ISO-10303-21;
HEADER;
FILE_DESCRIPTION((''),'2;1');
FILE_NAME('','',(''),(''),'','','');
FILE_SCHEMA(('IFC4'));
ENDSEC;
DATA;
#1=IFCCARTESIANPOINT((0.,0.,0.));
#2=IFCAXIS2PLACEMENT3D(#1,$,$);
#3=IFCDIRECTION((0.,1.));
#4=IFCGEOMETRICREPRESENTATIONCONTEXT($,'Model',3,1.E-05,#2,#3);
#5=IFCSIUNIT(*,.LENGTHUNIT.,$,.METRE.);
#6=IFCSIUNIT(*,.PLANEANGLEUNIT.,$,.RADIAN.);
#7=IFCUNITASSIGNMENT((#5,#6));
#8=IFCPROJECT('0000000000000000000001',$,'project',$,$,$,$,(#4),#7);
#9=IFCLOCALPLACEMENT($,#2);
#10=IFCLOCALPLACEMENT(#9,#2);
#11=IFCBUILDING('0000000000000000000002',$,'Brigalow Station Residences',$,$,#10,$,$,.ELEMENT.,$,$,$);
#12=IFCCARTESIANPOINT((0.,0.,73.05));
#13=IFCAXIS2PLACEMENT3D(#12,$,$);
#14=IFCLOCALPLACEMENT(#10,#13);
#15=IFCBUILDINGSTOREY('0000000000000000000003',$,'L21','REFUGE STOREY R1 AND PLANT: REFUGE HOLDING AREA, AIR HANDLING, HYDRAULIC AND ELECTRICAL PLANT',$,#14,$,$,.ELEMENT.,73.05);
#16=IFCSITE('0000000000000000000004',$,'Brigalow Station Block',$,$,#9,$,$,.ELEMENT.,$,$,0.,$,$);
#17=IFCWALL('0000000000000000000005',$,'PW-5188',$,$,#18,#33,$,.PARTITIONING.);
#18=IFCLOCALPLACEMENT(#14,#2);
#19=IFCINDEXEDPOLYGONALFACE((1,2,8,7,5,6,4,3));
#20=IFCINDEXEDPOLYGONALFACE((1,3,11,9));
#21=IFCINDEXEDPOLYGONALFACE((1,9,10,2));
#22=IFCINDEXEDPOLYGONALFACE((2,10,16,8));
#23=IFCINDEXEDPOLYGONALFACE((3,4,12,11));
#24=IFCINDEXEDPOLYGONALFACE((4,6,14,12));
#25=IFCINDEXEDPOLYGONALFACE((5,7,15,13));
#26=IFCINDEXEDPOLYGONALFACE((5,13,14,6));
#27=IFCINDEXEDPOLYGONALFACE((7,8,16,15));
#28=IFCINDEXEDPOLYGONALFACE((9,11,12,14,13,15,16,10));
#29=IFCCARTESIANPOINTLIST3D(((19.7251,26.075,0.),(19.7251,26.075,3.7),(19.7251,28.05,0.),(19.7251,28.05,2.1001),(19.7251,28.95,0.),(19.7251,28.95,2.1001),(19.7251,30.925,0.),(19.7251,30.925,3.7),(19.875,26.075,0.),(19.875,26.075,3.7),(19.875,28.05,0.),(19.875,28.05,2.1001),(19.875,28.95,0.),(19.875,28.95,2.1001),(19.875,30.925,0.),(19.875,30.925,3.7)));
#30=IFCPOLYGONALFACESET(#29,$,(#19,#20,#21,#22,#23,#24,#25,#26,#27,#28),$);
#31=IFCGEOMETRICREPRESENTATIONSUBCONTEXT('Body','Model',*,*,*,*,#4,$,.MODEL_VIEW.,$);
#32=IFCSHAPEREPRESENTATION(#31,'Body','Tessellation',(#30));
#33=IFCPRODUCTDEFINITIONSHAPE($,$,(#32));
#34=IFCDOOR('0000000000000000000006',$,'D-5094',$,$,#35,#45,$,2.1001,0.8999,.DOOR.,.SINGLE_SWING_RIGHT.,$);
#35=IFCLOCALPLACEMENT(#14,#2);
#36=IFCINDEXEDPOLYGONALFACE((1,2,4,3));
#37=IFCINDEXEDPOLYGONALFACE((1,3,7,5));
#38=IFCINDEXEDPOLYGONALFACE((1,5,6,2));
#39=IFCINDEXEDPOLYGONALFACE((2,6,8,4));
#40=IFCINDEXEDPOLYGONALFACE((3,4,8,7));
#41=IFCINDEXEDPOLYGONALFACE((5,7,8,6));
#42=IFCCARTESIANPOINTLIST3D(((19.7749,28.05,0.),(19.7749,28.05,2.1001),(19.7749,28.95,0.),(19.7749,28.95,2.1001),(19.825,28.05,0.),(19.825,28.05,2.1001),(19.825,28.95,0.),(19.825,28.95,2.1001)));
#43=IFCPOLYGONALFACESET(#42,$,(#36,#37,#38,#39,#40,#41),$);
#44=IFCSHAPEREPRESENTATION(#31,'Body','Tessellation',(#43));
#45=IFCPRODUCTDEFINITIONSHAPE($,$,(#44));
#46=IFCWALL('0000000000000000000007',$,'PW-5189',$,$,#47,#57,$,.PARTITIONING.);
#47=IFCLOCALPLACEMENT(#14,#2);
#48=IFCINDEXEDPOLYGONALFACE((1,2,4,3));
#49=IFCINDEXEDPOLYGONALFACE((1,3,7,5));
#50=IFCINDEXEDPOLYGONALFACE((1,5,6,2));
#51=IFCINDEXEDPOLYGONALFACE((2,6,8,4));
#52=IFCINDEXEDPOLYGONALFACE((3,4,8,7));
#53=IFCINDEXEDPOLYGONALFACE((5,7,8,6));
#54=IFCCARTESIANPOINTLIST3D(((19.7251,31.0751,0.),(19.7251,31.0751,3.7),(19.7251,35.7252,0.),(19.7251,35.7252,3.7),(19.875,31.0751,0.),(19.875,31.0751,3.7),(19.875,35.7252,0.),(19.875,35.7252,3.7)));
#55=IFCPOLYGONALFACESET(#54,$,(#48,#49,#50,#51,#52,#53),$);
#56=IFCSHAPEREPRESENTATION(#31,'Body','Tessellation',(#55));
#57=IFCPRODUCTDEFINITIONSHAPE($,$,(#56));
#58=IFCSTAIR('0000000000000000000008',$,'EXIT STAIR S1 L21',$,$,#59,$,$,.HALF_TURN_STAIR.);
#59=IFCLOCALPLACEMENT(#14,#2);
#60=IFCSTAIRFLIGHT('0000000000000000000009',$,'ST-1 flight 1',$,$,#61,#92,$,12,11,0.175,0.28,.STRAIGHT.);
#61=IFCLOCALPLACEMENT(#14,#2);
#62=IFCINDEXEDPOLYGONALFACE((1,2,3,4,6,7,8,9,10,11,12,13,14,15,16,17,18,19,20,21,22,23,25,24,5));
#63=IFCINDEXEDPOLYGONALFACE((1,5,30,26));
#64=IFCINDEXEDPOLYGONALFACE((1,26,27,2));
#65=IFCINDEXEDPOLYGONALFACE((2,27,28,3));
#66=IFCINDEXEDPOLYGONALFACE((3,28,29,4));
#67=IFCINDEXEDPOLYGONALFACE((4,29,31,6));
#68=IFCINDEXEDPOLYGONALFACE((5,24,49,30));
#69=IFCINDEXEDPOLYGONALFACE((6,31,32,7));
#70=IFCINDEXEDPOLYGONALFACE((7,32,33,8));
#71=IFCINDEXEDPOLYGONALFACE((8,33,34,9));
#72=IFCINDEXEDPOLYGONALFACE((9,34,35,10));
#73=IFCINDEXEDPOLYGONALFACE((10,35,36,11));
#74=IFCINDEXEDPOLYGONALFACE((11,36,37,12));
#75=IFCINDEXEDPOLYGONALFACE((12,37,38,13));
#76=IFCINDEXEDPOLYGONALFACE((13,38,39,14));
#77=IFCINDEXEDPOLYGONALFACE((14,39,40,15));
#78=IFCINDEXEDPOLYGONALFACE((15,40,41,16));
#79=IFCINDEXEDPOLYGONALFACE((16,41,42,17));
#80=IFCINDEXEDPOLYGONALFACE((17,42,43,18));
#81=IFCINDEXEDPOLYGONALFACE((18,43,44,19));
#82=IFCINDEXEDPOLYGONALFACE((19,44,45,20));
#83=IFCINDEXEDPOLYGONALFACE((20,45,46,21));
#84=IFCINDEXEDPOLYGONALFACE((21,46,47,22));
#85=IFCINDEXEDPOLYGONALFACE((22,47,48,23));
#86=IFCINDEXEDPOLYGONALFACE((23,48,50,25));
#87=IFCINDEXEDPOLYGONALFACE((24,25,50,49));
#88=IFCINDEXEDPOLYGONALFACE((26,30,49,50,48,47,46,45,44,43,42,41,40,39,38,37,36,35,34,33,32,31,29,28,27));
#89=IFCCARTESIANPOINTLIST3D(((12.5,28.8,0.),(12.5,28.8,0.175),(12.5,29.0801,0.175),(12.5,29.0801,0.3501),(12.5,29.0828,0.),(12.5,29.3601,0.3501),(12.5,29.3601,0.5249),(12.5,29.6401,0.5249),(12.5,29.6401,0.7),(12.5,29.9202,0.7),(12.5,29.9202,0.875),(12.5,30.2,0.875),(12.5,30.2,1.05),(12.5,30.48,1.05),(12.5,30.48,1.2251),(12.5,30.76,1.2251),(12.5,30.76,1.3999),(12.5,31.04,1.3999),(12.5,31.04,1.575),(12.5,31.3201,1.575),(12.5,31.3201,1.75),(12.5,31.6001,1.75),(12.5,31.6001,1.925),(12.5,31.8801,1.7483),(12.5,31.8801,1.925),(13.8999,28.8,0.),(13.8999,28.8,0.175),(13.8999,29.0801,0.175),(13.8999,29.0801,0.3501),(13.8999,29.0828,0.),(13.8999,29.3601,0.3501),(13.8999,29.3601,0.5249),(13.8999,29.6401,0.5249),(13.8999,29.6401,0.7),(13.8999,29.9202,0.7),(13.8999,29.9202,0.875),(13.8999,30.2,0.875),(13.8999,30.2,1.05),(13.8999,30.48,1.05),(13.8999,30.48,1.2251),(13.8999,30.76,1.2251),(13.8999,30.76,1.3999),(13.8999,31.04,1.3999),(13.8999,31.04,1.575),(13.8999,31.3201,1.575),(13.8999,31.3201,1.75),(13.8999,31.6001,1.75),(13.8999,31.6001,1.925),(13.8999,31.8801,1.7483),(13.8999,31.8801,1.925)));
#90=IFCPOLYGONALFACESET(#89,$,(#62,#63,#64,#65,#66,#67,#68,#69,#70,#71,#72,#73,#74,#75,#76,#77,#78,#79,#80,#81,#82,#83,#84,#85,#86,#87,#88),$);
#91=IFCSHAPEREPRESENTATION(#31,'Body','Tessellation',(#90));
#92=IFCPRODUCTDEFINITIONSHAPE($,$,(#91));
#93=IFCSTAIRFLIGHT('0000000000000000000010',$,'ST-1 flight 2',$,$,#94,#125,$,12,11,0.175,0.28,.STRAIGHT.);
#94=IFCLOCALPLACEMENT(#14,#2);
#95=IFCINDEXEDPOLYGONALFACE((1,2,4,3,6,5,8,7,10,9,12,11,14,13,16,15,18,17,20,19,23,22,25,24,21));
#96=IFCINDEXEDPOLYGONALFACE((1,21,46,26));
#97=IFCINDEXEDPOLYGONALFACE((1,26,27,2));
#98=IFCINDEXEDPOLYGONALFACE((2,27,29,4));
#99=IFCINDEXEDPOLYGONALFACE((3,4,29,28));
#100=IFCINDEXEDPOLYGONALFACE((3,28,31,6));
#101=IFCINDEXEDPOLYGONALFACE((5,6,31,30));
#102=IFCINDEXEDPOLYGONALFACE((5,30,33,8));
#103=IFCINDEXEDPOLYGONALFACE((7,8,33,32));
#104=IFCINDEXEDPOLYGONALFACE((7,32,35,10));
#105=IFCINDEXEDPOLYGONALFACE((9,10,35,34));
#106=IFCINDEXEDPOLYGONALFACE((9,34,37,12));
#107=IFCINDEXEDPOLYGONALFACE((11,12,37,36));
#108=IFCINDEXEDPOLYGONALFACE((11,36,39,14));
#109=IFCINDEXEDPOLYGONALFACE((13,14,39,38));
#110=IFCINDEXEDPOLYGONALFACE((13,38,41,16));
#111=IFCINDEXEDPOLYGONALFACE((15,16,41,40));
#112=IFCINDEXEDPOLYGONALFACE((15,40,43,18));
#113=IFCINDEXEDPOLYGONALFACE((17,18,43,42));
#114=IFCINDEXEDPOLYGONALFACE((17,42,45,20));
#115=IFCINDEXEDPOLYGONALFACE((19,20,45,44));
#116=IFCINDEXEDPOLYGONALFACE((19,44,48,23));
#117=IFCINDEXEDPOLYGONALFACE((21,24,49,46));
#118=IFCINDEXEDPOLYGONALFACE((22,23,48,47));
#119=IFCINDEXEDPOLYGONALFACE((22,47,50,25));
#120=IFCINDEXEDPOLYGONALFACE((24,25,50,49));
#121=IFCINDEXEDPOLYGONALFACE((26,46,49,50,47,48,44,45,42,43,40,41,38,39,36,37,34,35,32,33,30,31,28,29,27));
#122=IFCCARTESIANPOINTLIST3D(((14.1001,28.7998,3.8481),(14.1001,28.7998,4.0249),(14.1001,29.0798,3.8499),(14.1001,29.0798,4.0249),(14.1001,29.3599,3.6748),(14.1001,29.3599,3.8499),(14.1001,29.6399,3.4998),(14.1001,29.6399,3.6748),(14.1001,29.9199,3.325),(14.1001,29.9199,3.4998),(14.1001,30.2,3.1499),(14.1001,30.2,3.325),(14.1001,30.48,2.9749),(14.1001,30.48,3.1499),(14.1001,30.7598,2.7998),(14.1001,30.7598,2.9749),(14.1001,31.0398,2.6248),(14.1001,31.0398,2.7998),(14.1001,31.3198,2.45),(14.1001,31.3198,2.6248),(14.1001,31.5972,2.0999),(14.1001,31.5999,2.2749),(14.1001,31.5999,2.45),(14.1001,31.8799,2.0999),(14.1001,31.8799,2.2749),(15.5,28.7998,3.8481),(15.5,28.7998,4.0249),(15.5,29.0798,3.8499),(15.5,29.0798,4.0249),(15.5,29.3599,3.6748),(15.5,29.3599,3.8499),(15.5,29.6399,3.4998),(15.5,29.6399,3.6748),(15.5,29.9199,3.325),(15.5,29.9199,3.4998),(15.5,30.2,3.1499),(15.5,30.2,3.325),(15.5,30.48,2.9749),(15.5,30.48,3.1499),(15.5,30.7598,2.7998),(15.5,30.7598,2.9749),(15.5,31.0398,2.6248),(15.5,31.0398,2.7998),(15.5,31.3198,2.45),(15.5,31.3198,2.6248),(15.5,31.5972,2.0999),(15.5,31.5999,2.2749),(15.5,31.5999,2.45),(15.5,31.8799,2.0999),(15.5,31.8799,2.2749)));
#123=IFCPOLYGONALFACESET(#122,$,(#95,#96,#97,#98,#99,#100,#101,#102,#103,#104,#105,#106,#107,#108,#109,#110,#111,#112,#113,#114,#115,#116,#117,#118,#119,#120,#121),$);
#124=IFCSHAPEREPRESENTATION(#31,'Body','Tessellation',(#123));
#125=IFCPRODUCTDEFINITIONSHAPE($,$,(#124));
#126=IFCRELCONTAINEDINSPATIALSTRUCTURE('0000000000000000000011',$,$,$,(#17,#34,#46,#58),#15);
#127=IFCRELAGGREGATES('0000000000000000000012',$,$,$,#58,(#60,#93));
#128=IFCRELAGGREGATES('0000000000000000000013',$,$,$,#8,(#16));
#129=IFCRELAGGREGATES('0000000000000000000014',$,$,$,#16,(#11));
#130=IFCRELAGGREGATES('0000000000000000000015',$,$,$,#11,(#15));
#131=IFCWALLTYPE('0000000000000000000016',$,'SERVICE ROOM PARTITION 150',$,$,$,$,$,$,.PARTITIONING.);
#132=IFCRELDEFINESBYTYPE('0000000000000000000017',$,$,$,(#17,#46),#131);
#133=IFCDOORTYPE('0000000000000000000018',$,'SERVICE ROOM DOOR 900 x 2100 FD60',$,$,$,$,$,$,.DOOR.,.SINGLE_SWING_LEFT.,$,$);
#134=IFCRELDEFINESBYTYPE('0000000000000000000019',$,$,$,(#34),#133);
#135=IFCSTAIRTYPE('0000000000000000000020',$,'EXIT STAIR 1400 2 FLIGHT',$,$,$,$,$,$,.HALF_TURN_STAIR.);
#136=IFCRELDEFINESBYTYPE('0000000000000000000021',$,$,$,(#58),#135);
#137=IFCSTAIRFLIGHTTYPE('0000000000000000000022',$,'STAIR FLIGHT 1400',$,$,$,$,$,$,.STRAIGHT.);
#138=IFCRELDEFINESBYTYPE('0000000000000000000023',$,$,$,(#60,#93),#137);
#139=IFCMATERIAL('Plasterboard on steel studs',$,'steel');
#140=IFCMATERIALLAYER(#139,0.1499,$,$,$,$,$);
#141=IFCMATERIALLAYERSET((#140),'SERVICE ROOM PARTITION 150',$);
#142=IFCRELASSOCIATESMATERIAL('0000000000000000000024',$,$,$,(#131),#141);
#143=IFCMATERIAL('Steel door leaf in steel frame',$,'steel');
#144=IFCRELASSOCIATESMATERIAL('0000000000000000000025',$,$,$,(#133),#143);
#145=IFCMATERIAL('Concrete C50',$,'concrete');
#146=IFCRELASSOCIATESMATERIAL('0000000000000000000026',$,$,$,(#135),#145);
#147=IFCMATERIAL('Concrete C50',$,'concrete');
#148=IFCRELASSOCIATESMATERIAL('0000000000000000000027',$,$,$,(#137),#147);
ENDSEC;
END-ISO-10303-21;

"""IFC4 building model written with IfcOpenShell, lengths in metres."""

from ifc_helpers import new_model, si_unit, direction, frame, frame_2d, origin, place, context, subcontext, project, spatial, polyline, rectangle, outline, extrude, material, layer, layer_set, type_object, element, fill, aggregate, save


model = new_model("IFC4")

# Units and contexts
model_context = context("Model", 3, precision=1e-05, world=origin(), true_north=direction((0.0, 1.0)))
body_context = subcontext(model_context, "Body", "Model", "MODEL_VIEW")
ifc_project = project(units=[si_unit("LENGTHUNIT", "METRE"), si_unit("PLANEANGLEUNIT", "RADIAN")], contexts=[model_context])

# Site, building, storey
site_placement = place(None, origin())
site = spatial("IfcSite", under=ifc_project, at=site_placement, Name="Brigalow Station Block", CompositionType="ELEMENT", RefElevation=0.0)
building_placement = place(site_placement, origin())
building = spatial("IfcBuilding", under=site, at=building_placement, Name="Brigalow Station Residences", CompositionType="ELEMENT")
storey_placement = place(building_placement, frame((0.0, 0.0, 73.05)))
storey = spatial("IfcBuildingStorey", under=building, at=storey_placement, Name="L21", Description="REFUGE STOREY R1 AND PLANT: REFUGE HOLDING AREA, AIR HANDLING, HYDRAULIC AND ELECTRICAL PLANT", CompositionType="ELEMENT", Elevation=73.05)

# Shared definitions
ifc_material_1 = material(Name="Plasterboard on steel studs", Category="steel")
ifc_layer_1 = layer(ifc_material_1, 0.1499)
ifc_layer_set_1 = layer_set([ifc_layer_1], Name="SERVICE ROOM PARTITION 150")
wall_type_1 = type_object("IfcWallType", Name="SERVICE ROOM PARTITION 150", PredefinedType="PARTITIONING", material=ifc_layer_set_1)

# Wall, opening, door
ifc_material_2 = material(Name="Steel door leaf in steel frame", Category="steel")
door_type = type_object("IfcDoorType", Name="SERVICE ROOM DOOR 900 x 2100 FD60", OperationType="SINGLE_SWING_LEFT", PredefinedType="DOOR", material=ifc_material_2)
wall_1_placement = place(storey_placement, frame((19.8, 26.075, 0.0), z_axis=(0.0, 0.0, 1.0), x_axis=(0.0, 1.0, 0.0)))
wall_1 = element("IfcWall", 1, at=wall_1_placement, inside=storey, type_object=wall_type_1, Name="PW-5188", PredefinedType="PARTITIONING", context=body_context, shape_type="SweptSolid", body=[
    extrude(rectangle(XDim=4.8501, YDim=0.1499, at=frame_2d((2.425, 0.0))), origin(), (0.0, 0.0, 1.0), 3.7),
])
opening_1_placement = place(wall_1_placement, frame((1.9751, 0.0, 0.0)))
opening_1 = element("IfcOpeningElement", 2, at=opening_1_placement, cuts=wall_1, PredefinedType="OPENING", context=body_context, shape_type="SweptSolid", body=[
    extrude(rectangle(XDim=0.8999, YDim=2.1001, at=frame_2d((0.45, 1.05))), frame((0.0, 0.085, 0.0), z_axis=(0.0, -1.0, 0.0), x_axis=(1.0, 0.0, 0.0)), (0.0, 0.0, 1.0), 0.1699),
])
door_1_placement = place(opening_1_placement, frame((0.8999, 0.0, 0.0), z_axis=(0.0, 0.0, 1.0), x_axis=(-1.0, 0.0, 0.0)))
door_1 = element("IfcDoor", 3, at=door_1_placement, inside=storey, type_object=door_type, Name="D-5094", OperationType="SINGLE_SWING_RIGHT", OverallHeight=2.1001, OverallWidth=0.8999, PredefinedType="DOOR", context=body_context, shape_type="SweptSolid", body=[
    extrude(rectangle(XDim=0.8999, YDim=2.1001, at=frame_2d((0.45, 1.05))), frame((0.0, 0.0249, 0.0), z_axis=(0.0, -1.0, 0.0), x_axis=(1.0, 0.0, 0.0)), (0.0, 0.0, 1.0), 0.05),
])
fill(opening_1, door_1)

# Wall
wall_2_placement = place(storey_placement, frame((19.8, 31.075, 0.0), z_axis=(0.0, 0.0, 1.0), x_axis=(0.0, 1.0, 0.0)))
element("IfcWall", 4, at=wall_2_placement, inside=storey, type_object=wall_type_1, Name="PW-5189", PredefinedType="PARTITIONING", context=body_context, shape_type="SweptSolid", body=[
    extrude(rectangle(XDim=4.6501, YDim=0.1499, at=frame_2d((2.3252, 0.0))), origin(), (0.0, 0.0, 1.0), 3.7),
])

# Stair, stair flights
ifc_material_3 = material(Name="Concrete C50", Category="concrete")
stair_type = type_object("IfcStairType", Name="EXIT STAIR 1400 2 FLIGHT", PredefinedType="HALF_TURN_STAIR", material=ifc_material_3)
stair_placement = place(storey_placement, origin())
stair = element("IfcStair", 5, at=stair_placement, inside=storey, type_object=stair_type, Name="EXIT STAIR S1 L21", PredefinedType="HALF_TURN_STAIR")
ifc_material_4 = material(Name="Concrete C50", Category="concrete")
stair_flight_type = type_object("IfcStairFlightType", Name="STAIR FLIGHT 1400", PredefinedType="STRAIGHT", material=ifc_material_4)
stair_flight_1_placement = place(storey_placement, frame((13.2, 28.8, 0.0), z_axis=(0.0, 0.0, 1.0), x_axis=(0.0, 1.0, 0.0)))
stair_flight_1 = element("IfcStairFlight", 6, at=stair_flight_1_placement, type_object=stair_flight_type, Name="ST-1 flight 1", NumberOfRisers=12, NumberOfTreads=11, PredefinedType="STRAIGHT", RiserHeight=0.175, TreadLength=0.28, context=body_context, shape_type="SweptSolid", body=[
    extrude(outline(polyline([(0.0, 0.0), (0.0, 0.175), (0.28, 0.175), (0.28, 0.3501), (0.5601, 0.3501), (0.5601, 0.5249), (0.8401, 0.5249), (0.8401, 0.7), (1.1201, 0.7), (1.1201, 0.875), (1.3999, 0.875), (1.3999, 1.05), (1.6799, 1.05), (1.6799, 1.2251), (1.96, 1.2251), (1.96, 1.3999), (2.24, 1.3999), (2.24, 1.575), (2.52, 1.575), (2.52, 1.75), (2.8, 1.75), (2.8, 1.925), (3.0801, 1.925), (3.0801, 2.1001), (3.0801, 1.7483), (0.2827, 0.0), (0.0, 0.0)])), frame((0.0, 0.7, 0.0), z_axis=(0.0, -1.0, 0.0), x_axis=(1.0, 0.0, 0.0)), (0.0, 0.0, 1.0), 1.3999),
])
stair_flight_2_placement = place(storey_placement, frame((14.8, 31.8799, 2.0999), z_axis=(0.0, 0.0, 1.0), x_axis=(0.0, -1.0, 0.0)))
stair_flight_2 = element("IfcStairFlight", 7, at=stair_flight_2_placement, type_object=stair_flight_type, Name="ST-1 flight 2", NumberOfRisers=12, NumberOfTreads=11, PredefinedType="STRAIGHT", RiserHeight=0.175, TreadLength=0.28, context=body_context, shape_type="SweptSolid", body=[
    extrude(outline(polyline([(0.0, 0.0), (0.0, 0.175), (0.28, 0.175), (0.28, 0.3501), (0.5601, 0.3501), (0.5601, 0.5249), (0.8401, 0.5249), (0.8401, 0.7), (1.1201, 0.7), (1.1201, 0.875), (1.3999, 0.875), (1.3999, 1.05), (1.6799, 1.05), (1.6799, 1.2251), (1.96, 1.2251), (1.96, 1.3999), (2.24, 1.3999), (2.24, 1.575), (2.52, 1.575), (2.52, 1.75), (2.8, 1.75), (2.8, 1.925), (3.0801, 1.925), (3.0801, 2.1001), (3.0801, 1.7483), (0.2827, 0.0), (0.0, 0.0)])), frame((0.0, 0.7, 0.0), z_axis=(0.0, -1.0, 0.0), x_axis=(1.0, 0.0, 0.0)), (0.0, 0.0, 1.0), 1.3999),
])
aggregate(stair, [stair_flight_1, stair_flight_2])

save(model, "model.ifc")
